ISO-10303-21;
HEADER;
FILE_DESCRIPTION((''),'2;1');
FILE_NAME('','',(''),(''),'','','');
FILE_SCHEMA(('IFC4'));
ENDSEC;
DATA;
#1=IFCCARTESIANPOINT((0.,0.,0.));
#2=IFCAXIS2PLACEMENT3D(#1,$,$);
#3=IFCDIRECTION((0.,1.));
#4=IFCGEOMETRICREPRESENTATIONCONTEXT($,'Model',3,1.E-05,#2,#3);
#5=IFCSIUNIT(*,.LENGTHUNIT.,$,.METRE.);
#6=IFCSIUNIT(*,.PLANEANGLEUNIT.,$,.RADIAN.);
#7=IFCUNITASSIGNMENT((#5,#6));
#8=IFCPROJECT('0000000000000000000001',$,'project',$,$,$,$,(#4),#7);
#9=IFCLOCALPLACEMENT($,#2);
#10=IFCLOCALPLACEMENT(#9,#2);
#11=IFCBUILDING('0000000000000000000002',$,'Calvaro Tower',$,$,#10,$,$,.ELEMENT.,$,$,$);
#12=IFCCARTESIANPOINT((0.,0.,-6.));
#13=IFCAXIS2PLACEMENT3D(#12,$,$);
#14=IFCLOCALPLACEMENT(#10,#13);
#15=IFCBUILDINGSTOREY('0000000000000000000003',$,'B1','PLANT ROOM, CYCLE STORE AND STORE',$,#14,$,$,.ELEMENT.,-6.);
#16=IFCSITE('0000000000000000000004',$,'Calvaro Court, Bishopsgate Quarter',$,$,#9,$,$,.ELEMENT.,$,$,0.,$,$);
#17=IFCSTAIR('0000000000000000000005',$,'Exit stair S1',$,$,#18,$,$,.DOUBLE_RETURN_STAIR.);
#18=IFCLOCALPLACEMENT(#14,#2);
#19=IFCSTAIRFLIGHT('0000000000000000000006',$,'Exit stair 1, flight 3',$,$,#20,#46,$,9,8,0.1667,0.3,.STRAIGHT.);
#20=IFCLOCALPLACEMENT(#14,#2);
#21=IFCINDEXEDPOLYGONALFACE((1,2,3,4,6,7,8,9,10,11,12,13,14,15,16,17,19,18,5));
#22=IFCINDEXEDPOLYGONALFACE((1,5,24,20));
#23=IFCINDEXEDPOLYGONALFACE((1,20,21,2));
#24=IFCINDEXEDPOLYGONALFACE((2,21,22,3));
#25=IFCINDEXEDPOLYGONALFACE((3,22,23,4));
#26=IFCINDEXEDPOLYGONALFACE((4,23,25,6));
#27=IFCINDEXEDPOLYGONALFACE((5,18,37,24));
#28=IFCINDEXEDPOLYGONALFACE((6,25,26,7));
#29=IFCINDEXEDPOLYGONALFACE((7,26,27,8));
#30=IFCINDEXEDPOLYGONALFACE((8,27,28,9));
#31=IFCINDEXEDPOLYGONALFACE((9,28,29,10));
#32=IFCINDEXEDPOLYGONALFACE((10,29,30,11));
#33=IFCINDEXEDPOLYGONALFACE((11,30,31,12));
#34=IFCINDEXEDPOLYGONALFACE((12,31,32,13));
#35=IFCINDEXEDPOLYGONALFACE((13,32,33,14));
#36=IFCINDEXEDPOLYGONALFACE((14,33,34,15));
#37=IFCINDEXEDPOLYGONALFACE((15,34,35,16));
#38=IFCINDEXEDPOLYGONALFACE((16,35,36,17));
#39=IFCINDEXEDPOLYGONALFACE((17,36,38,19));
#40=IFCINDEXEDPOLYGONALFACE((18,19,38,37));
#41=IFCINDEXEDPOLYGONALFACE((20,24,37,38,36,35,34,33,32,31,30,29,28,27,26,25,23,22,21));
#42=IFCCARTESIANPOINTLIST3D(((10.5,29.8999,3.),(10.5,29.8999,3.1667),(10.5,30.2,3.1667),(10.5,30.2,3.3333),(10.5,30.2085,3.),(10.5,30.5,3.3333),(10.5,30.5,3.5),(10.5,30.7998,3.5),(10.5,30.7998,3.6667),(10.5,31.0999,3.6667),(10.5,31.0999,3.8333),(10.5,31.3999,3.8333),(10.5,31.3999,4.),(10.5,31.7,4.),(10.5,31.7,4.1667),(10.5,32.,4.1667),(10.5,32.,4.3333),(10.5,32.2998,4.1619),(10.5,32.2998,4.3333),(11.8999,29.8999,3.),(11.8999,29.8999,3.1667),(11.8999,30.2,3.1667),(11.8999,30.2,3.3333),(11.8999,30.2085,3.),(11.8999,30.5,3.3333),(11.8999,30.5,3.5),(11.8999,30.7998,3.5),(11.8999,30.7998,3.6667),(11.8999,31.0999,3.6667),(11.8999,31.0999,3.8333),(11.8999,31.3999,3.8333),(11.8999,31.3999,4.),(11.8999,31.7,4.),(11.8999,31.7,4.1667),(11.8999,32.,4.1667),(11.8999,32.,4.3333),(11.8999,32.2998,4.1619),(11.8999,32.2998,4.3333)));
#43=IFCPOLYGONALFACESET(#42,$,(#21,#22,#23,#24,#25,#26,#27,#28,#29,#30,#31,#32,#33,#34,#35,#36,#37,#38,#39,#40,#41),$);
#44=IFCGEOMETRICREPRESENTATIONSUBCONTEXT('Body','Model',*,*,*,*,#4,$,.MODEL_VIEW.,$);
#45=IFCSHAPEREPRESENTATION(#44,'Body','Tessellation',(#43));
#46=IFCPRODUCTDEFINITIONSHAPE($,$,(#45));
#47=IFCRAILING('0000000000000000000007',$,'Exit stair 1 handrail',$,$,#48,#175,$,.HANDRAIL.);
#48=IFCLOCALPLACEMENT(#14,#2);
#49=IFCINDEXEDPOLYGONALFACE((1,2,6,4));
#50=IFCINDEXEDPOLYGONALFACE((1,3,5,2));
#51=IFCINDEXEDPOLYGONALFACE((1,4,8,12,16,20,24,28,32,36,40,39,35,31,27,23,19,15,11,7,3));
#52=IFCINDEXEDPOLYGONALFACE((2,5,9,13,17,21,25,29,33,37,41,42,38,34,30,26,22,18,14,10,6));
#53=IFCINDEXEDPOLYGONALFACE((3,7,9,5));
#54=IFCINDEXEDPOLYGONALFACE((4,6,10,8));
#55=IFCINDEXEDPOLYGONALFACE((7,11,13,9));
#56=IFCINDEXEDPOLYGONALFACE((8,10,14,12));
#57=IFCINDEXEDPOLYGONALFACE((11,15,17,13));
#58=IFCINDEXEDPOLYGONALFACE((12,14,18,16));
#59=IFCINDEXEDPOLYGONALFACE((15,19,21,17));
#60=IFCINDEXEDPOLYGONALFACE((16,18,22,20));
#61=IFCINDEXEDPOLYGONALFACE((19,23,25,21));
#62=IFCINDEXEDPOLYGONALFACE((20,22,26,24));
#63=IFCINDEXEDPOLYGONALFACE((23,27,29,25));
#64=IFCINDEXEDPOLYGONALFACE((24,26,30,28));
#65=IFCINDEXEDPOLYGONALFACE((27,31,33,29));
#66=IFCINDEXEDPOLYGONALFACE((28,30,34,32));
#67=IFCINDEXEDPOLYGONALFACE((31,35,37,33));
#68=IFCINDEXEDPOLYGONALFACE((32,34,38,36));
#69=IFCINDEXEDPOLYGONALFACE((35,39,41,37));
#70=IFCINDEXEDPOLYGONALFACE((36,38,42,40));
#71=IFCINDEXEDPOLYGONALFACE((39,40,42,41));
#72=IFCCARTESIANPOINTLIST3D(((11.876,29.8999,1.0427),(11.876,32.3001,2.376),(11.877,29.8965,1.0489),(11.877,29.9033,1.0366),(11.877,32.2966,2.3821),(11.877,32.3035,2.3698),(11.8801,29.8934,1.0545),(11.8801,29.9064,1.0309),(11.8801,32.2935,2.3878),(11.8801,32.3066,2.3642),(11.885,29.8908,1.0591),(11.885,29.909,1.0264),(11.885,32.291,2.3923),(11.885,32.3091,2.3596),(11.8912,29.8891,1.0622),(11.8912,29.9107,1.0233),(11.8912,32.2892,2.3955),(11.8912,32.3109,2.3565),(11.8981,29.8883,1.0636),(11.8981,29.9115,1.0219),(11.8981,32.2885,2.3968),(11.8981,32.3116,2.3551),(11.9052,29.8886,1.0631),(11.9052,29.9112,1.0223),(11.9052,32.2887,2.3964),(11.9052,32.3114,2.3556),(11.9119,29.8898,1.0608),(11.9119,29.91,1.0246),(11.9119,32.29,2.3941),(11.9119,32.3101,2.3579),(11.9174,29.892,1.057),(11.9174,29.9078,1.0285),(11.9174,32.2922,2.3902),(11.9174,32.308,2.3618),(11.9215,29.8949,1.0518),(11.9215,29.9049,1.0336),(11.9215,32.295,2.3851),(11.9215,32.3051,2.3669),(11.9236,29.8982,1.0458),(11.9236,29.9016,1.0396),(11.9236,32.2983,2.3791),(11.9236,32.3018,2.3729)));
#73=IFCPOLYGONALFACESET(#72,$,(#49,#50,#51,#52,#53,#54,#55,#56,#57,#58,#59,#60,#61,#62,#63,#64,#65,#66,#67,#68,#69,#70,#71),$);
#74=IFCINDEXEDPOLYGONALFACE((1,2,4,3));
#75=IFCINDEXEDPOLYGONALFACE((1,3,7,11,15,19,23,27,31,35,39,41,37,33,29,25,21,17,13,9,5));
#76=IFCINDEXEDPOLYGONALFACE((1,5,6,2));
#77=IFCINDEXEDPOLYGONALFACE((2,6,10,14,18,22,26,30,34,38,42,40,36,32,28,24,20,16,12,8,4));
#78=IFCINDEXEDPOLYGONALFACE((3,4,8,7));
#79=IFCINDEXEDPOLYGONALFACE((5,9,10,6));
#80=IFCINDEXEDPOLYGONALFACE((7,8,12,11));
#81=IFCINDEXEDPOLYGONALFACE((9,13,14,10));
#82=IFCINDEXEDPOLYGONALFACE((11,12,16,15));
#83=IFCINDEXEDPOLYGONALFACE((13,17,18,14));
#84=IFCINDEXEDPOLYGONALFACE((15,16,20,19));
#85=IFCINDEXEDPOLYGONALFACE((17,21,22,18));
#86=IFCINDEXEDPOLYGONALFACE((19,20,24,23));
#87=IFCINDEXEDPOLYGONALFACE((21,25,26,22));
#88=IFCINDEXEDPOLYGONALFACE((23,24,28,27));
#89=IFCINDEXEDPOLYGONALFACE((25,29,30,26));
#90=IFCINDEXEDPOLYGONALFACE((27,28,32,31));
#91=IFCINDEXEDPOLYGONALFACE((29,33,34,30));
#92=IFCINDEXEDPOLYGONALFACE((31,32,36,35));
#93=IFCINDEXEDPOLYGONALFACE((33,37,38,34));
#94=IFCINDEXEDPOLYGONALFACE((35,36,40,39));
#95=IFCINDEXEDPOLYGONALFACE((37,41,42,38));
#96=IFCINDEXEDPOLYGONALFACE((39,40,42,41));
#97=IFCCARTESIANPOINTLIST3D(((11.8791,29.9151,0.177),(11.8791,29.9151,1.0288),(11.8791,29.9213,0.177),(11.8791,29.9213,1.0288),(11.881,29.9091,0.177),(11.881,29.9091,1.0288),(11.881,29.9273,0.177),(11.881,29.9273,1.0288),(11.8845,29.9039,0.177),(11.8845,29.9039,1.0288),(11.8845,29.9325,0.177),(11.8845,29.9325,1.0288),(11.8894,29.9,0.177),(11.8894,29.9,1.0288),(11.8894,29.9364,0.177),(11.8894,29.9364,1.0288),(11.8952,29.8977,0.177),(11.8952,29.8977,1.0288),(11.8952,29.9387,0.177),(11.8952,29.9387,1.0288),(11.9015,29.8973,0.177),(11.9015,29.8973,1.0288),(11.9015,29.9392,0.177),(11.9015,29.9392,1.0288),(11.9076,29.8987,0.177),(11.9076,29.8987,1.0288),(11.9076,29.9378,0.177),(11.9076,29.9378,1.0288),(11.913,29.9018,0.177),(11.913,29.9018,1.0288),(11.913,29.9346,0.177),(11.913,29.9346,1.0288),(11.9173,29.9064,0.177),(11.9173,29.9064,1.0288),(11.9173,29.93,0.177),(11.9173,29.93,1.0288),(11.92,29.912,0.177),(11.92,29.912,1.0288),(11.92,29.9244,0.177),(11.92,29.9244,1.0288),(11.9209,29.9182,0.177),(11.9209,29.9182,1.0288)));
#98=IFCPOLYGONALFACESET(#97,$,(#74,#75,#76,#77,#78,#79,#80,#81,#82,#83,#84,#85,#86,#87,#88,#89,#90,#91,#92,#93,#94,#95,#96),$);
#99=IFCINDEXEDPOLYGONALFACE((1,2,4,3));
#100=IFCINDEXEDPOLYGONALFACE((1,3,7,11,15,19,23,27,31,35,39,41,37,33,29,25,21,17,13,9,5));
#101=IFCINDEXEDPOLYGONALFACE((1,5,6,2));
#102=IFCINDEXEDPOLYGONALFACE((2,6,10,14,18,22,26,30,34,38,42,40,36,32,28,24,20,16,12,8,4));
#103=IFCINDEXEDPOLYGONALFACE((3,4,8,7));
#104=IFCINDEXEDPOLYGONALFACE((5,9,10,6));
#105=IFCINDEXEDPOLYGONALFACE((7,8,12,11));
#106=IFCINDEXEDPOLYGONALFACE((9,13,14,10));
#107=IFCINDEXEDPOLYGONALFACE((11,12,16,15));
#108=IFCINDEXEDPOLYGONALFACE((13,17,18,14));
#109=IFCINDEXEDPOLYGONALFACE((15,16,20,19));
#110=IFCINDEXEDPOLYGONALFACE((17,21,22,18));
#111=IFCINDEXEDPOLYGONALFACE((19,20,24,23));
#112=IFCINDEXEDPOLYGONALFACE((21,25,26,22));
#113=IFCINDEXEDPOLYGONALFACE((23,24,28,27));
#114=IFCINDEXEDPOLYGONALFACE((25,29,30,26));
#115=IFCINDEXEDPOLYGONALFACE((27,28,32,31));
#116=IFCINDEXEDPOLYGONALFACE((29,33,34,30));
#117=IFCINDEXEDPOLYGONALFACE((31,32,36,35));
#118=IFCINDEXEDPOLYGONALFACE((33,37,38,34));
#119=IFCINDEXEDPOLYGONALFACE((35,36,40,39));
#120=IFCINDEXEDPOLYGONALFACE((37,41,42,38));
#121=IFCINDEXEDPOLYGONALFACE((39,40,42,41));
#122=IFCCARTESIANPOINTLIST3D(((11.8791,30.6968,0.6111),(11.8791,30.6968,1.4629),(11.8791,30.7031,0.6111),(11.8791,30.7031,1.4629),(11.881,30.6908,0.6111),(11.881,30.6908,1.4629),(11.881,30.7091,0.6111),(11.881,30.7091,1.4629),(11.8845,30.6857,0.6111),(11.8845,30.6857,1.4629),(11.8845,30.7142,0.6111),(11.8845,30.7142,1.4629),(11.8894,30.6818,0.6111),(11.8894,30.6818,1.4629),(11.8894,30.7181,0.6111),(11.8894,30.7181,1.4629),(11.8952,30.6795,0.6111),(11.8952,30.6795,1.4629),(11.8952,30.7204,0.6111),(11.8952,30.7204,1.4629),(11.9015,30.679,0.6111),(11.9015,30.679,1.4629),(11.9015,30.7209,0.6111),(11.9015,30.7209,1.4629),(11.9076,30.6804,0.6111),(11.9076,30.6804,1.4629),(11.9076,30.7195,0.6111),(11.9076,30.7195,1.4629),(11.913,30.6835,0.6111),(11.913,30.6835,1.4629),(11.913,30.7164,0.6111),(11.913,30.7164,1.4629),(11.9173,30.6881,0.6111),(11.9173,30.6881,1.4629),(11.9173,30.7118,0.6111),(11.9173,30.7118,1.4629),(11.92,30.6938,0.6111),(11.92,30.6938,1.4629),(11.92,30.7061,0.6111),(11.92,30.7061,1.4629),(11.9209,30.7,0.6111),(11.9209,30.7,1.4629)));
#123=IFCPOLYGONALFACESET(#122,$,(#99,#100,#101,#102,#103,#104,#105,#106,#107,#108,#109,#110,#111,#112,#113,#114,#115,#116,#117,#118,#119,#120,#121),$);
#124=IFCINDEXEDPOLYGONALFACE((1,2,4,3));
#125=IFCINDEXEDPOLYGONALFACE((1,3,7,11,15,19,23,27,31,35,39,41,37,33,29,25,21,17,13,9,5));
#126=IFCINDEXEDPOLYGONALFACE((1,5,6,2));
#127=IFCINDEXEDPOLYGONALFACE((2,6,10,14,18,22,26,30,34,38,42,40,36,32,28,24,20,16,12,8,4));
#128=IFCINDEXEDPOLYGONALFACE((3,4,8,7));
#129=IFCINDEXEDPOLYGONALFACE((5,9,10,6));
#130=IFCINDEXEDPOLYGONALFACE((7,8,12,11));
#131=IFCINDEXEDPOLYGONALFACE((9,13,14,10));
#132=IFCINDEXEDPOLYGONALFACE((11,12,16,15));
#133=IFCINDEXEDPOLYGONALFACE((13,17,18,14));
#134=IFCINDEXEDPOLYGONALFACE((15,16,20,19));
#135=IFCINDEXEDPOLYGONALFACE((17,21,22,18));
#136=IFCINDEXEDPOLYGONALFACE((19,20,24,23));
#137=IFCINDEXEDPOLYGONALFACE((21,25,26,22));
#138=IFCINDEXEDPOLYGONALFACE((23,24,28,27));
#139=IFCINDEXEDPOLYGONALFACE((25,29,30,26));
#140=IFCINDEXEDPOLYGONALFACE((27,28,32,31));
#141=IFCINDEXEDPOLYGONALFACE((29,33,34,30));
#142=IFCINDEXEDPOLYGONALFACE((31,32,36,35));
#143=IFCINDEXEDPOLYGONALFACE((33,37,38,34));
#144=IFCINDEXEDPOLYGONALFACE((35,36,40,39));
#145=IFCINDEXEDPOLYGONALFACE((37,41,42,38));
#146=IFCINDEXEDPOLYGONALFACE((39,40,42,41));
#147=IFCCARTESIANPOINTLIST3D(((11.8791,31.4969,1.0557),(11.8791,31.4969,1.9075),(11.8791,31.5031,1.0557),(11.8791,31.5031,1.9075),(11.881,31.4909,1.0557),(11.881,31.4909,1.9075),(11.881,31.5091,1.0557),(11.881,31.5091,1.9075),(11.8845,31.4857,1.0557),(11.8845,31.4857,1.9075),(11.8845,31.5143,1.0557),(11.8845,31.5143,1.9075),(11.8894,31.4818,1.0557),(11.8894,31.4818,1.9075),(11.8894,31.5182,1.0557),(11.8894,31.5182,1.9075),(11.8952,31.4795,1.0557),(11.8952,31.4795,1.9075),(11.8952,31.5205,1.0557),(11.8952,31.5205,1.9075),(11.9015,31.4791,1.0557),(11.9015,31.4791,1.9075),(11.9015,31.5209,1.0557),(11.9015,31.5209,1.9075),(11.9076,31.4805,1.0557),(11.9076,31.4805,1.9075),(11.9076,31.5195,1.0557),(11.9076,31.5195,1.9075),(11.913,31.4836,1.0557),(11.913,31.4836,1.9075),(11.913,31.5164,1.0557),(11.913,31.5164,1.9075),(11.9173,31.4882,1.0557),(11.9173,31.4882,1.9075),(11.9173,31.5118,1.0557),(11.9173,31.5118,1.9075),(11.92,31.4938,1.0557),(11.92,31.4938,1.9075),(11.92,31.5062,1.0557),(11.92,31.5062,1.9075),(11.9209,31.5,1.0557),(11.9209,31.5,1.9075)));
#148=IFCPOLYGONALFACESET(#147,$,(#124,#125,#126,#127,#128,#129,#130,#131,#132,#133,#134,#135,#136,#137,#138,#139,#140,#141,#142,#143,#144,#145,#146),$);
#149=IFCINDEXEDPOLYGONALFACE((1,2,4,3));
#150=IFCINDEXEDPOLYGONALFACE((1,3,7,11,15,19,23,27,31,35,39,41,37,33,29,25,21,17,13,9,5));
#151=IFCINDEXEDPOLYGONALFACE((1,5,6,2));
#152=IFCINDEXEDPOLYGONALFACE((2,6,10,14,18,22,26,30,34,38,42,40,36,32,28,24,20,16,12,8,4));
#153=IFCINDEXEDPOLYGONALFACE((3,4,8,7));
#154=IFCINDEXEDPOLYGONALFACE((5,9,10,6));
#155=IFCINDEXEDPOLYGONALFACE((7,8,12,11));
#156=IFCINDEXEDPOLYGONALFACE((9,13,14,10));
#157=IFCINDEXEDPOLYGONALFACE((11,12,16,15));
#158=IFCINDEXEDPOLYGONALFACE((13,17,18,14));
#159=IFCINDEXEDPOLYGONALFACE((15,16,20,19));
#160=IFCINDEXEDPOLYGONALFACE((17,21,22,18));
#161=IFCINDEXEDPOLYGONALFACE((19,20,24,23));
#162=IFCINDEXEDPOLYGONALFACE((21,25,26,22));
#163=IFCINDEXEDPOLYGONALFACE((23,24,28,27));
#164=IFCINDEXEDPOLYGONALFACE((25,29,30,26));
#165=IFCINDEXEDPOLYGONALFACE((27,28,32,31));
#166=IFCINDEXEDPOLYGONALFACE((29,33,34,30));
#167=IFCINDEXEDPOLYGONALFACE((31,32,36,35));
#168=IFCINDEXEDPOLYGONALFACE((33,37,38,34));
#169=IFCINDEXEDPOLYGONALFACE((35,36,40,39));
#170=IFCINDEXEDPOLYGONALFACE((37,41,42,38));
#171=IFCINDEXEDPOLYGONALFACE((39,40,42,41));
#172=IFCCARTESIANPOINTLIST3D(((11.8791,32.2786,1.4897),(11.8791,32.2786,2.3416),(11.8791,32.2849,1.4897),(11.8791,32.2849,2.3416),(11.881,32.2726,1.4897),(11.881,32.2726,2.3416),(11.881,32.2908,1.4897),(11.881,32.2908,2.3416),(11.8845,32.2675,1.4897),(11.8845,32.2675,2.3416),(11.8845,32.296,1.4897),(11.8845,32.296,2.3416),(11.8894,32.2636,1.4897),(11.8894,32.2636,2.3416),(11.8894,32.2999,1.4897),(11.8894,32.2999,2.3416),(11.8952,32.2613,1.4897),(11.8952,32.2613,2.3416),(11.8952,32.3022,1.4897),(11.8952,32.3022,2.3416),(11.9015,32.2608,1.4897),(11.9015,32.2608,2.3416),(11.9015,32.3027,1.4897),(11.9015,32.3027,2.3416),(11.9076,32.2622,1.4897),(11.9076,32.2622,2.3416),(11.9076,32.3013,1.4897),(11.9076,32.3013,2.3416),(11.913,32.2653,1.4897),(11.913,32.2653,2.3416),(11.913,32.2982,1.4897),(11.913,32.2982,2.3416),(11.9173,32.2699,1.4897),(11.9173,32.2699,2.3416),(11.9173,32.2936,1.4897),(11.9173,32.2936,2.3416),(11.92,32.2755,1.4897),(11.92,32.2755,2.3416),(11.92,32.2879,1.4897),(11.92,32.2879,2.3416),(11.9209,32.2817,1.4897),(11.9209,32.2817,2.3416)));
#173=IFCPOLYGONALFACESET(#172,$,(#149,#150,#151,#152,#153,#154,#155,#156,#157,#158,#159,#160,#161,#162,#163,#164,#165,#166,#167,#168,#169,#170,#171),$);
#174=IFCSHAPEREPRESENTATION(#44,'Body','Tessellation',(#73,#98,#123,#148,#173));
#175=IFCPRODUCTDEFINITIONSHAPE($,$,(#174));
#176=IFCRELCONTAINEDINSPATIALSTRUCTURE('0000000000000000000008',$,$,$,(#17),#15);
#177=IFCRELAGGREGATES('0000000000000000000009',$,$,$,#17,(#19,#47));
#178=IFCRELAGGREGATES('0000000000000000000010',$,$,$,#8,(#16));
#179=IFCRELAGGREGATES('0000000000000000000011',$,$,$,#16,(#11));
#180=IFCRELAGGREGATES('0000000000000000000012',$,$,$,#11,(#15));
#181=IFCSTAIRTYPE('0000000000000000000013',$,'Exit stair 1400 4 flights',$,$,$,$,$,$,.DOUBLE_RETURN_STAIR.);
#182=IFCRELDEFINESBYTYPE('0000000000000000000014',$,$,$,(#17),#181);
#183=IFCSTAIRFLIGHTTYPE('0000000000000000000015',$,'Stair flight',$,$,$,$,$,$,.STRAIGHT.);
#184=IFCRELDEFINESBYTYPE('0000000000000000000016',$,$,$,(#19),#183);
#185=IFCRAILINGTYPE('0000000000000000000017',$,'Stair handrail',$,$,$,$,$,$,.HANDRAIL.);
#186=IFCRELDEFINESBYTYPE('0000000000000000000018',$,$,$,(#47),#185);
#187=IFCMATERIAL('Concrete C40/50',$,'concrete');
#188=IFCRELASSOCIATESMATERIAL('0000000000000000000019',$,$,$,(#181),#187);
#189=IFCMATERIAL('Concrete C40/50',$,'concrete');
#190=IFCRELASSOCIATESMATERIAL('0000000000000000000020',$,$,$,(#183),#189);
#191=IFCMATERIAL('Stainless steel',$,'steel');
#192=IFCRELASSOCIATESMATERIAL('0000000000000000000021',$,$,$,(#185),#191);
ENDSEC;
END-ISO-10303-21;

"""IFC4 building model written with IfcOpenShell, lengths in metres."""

from ifc_helpers import new_model, si_unit, direction, frame, origin, origin_2d, place, context, subcontext, project, spatial, polyline, circle, outline, extrude, material, type_object, element, aggregate, save


model = new_model("IFC4")

# Units and contexts
model_context = context("Model", 3, precision=1e-05, world=origin(), true_north=direction((0.0, 1.0)))
body_context = subcontext(model_context, "Body", "Model", "MODEL_VIEW")
ifc_project = project(units=[si_unit("LENGTHUNIT", "METRE"), si_unit("PLANEANGLEUNIT", "RADIAN")], contexts=[model_context])

# Site, building, storey
site_placement = place(None, origin())
site = spatial("IfcSite", under=ifc_project, at=site_placement, Name="Calvaro Court, Bishopsgate Quarter", CompositionType="ELEMENT", RefElevation=0.0)
building_placement = place(site_placement, origin())
building = spatial("IfcBuilding", under=site, at=building_placement, Name="Calvaro Tower", CompositionType="ELEMENT")
storey_placement = place(building_placement, frame((0.0, 0.0, -6.0)))
storey = spatial("IfcBuildingStorey", under=building, at=storey_placement, Name="B1", Description="PLANT ROOM, CYCLE STORE AND STORE", CompositionType="ELEMENT", Elevation=-6.0)

# Stair, stair flight, railing
ifc_material_1 = material(Name="Concrete C40/50", Category="concrete")
stair_type = type_object("IfcStairType", Name="Exit stair 1400 4 flights", PredefinedType="DOUBLE_RETURN_STAIR", material=ifc_material_1)
stair_placement = place(storey_placement, origin())
stair = element("IfcStair", 1, at=stair_placement, inside=storey, type_object=stair_type, Name="Exit stair S1", PredefinedType="DOUBLE_RETURN_STAIR")
ifc_material_2 = material(Name="Concrete C40/50", Category="concrete")
stair_flight_type = type_object("IfcStairFlightType", Name="Stair flight", PredefinedType="STRAIGHT", material=ifc_material_2)
stair_flight_1_placement = place(storey_placement, frame((11.2, 29.8999, 3.0), z_axis=(0.0, 0.0, 1.0), x_axis=(0.0, 1.0, 0.0)))
stair_flight_1 = element("IfcStairFlight", 2, at=stair_flight_1_placement, type_object=stair_flight_type, Name="Exit stair 1, flight 3", NumberOfRisers=9, NumberOfTreads=8, PredefinedType="STRAIGHT", RiserHeight=0.1667, TreadLength=0.3, context=body_context, shape_type="SweptSolid", body=[
    extrude(outline(polyline([(0.0, 0.0), (0.0, 0.1667), (0.3, 0.1667), (0.3, 0.3333), (0.6001, 0.3333), (0.6001, 0.5), (0.8999, 0.5), (0.8999, 0.6667), (1.2, 0.6667), (1.2, 0.8333), (1.5, 0.8333), (1.5, 1.0), (1.8, 1.0), (1.8, 1.1667), (2.1001, 1.1667), (2.1001, 1.3333), (2.3999, 1.3333), (2.3999, 1.5), (2.3999, 1.1619), (0.3086, 0.0), (0.0, 0.0)])), frame((0.0, 0.7, 0.0), z_axis=(0.0, -1.0, 0.0), x_axis=(1.0, 0.0, 0.0)), (0.0, 0.0, 1.0), 1.3999),
])
ifc_material_3 = material(Name="Stainless steel", Category="steel")
railing_type = type_object("IfcRailingType", Name="Stair handrail", PredefinedType="HANDRAIL", material=ifc_material_3)
railing_1_placement = place(storey_placement, frame((11.8999, 29.8999, 0.1667)))
railing_1 = element("IfcRailing", 3, at=railing_1_placement, type_object=railing_type, Name="Exit stair 1 handrail", PredefinedType="HANDRAIL", context=body_context, shape_type="SweptSolid", body=[
    extrude(circle(Radius=0.0239, at=origin_2d()), frame((0.0, 0.0, 0.876), z_axis=(0.0, 0.874182, 0.485598), x_axis=(-1.0, 0.0, 0.0)), (0.0, 0.0, 1.0), 2.7456),
    extrude(circle(Radius=0.021, at=origin_2d()), frame((0.0, 0.0183, 0.0103)), (0.0, 0.0, 1.0), 0.8518),
    extrude(circle(Radius=0.021, at=origin_2d()), frame((0.0, 0.8, 0.4443)), (0.0, 0.0, 1.0), 0.8518),
    extrude(circle(Radius=0.021, at=origin_2d()), frame((0.0, 1.6001, 0.8889)), (0.0, 0.0, 1.0), 0.8518),
    extrude(circle(Radius=0.021, at=origin_2d()), frame((0.0, 2.3818, 1.323)), (0.0, 0.0, 1.0), 0.8518),
])
aggregate(stair, [stair_flight_1, railing_1])

save(model, "model.ifc")
